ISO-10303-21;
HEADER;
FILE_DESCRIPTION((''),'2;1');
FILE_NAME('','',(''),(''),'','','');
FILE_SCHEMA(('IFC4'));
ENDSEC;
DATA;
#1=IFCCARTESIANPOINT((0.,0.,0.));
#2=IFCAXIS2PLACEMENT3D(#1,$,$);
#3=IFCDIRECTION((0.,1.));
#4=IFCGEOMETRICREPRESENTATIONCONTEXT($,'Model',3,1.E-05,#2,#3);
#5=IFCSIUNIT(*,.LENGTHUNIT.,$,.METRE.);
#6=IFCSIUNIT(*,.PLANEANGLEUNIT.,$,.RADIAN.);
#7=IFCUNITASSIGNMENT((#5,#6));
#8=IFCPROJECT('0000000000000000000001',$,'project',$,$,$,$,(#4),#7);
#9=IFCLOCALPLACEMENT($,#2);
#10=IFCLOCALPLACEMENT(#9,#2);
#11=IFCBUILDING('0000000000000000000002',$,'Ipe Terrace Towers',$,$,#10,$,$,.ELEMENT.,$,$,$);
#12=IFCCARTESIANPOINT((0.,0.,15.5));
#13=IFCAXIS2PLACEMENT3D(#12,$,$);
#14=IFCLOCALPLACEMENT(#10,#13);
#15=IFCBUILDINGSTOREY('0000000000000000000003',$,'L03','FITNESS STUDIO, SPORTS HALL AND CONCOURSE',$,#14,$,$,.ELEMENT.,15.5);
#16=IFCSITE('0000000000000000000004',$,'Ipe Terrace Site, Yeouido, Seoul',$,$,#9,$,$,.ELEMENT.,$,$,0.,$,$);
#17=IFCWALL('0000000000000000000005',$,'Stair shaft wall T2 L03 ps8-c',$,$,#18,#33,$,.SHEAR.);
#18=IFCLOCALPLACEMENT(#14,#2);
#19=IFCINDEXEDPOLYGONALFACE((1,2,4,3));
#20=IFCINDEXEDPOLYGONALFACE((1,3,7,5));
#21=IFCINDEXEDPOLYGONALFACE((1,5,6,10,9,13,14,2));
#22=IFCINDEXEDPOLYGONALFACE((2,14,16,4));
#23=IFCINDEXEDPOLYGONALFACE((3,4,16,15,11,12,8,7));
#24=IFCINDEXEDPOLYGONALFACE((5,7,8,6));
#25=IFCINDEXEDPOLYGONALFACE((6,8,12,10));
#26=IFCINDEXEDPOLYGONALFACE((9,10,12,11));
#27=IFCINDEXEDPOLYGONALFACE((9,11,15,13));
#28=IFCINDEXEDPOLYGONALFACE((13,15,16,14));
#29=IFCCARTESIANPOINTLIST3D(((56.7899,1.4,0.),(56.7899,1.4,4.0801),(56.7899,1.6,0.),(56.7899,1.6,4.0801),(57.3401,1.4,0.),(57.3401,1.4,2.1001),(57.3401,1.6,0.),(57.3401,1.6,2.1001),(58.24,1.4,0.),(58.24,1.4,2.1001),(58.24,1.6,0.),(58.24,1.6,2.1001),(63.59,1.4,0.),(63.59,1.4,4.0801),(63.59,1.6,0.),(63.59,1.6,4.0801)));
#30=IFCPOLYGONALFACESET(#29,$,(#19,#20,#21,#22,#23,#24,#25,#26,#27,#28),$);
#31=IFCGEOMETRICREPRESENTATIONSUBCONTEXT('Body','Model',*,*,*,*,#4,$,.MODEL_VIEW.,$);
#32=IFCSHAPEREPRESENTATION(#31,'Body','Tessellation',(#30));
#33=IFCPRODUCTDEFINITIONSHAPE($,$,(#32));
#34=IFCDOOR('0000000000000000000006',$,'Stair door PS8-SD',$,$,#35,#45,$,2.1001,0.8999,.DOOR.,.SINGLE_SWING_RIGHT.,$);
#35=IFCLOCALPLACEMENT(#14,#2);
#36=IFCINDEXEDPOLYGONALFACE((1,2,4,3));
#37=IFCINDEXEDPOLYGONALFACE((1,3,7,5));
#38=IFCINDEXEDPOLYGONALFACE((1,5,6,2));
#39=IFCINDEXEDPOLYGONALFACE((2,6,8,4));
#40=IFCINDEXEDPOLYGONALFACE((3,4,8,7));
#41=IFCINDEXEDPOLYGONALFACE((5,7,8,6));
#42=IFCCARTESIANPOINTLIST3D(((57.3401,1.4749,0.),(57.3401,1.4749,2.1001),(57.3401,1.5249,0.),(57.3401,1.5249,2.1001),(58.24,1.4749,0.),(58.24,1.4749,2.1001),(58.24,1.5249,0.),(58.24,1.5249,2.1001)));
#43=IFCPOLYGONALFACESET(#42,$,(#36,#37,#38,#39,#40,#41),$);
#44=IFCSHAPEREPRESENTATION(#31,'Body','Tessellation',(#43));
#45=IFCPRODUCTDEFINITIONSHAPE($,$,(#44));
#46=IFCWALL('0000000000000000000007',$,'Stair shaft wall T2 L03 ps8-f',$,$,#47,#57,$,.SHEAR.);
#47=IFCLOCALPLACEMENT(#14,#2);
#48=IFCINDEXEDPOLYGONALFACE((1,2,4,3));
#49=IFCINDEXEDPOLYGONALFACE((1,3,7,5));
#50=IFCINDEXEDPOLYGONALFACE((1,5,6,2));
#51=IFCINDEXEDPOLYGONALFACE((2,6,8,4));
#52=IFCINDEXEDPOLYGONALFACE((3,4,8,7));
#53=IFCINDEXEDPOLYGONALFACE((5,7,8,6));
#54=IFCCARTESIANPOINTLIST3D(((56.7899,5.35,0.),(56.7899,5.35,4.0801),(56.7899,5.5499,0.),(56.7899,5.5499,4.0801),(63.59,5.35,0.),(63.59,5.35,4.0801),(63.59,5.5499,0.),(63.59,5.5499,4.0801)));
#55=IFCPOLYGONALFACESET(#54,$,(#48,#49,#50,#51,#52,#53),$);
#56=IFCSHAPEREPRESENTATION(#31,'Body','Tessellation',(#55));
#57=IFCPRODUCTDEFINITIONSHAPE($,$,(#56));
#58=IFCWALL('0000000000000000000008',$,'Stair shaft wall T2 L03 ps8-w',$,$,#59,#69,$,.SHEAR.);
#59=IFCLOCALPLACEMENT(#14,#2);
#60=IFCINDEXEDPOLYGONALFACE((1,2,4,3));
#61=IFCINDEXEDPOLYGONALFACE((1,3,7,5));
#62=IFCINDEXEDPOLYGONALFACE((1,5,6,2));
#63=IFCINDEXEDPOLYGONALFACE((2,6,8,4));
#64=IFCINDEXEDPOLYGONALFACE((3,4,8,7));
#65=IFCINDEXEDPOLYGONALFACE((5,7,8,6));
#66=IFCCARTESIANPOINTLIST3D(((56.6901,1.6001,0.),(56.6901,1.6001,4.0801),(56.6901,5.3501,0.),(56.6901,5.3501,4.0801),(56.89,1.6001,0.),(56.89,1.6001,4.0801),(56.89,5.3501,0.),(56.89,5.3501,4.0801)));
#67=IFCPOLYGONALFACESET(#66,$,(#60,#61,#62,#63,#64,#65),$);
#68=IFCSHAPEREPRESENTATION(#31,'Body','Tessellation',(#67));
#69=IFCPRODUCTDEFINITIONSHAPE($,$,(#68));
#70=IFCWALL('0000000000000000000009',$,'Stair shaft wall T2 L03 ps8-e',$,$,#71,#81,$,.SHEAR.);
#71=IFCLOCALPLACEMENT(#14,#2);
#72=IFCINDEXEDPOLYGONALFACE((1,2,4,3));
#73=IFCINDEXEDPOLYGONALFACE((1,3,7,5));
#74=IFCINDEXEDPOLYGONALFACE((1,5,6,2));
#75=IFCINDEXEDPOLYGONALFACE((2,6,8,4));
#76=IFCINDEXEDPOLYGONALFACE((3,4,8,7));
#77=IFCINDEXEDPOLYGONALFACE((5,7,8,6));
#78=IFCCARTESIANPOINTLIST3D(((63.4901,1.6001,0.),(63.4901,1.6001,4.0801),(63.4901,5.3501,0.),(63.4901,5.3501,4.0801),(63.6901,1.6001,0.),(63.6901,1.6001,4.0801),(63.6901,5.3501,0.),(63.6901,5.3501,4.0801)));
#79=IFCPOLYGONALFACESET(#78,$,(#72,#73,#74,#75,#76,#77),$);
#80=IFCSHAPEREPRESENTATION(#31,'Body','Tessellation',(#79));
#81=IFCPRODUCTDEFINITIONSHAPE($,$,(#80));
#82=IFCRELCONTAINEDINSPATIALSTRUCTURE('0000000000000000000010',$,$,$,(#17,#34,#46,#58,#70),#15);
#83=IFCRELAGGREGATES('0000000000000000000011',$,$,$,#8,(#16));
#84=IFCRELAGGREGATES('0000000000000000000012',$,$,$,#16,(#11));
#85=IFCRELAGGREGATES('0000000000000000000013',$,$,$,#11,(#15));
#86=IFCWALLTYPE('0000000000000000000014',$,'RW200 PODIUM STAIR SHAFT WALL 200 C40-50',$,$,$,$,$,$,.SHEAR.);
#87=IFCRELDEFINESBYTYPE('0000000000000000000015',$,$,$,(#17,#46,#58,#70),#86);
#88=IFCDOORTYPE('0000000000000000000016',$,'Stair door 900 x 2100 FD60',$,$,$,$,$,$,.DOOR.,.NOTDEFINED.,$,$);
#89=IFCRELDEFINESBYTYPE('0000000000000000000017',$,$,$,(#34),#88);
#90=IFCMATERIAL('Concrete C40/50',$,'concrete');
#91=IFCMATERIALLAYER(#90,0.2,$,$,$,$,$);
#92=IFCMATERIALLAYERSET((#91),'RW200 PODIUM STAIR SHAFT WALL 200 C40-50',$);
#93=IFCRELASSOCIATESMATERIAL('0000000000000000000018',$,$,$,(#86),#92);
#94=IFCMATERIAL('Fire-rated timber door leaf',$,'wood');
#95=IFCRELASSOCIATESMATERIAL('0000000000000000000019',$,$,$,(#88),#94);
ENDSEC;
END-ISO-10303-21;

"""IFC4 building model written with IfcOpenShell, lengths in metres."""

from ifc_helpers import new_model, si_unit, direction, frame, frame_2d, origin, place, context, subcontext, project, spatial, rectangle, extrude, material, layer, layer_set, type_object, element, fill, save


model = new_model("IFC4")

# Units and contexts
model_context = context("Model", 3, precision=1e-05, world=origin(), true_north=direction((0.0, 1.0)))
body_context = subcontext(model_context, "Body", "Model", "MODEL_VIEW")
ifc_project = project(units=[si_unit("LENGTHUNIT", "METRE"), si_unit("PLANEANGLEUNIT", "RADIAN")], contexts=[model_context])

# Site, building, storey
site_placement = place(None, origin())
site = spatial("IfcSite", under=ifc_project, at=site_placement, Name="Ipe Terrace Site, Yeouido, Seoul", CompositionType="ELEMENT", RefElevation=0.0)
building_placement = place(site_placement, origin())
building = spatial("IfcBuilding", under=site, at=building_placement, Name="Ipe Terrace Towers", CompositionType="ELEMENT")
storey_placement = place(building_placement, frame((0.0, 0.0, 15.5)))
storey = spatial("IfcBuildingStorey", under=building, at=storey_placement, Name="L03", Description="FITNESS STUDIO, SPORTS HALL AND CONCOURSE", CompositionType="ELEMENT", Elevation=15.5)

# Wall, opening, door
ifc_material_1 = material(Name="Concrete C40/50", Category="concrete")
ifc_layer_1 = layer(ifc_material_1, 0.2)
ifc_layer_set_1 = layer_set([ifc_layer_1], Name="RW200 PODIUM STAIR SHAFT WALL 200 C40-50")
wall_type_1 = type_object("IfcWallType", Name="RW200 PODIUM STAIR SHAFT WALL 200 C40-50", PredefinedType="SHEAR", material=ifc_layer_set_1)
wall_1_placement = place(storey_placement, frame((56.79, 1.5, 0.0), z_axis=(0.0, 0.0, 1.0), x_axis=(1.0, 0.0, 0.0)))
wall_1 = element("IfcWall", 1, at=wall_1_placement, inside=storey, type_object=wall_type_1, Name="Stair shaft wall T2 L03 ps8-c", PredefinedType="SHEAR", context=body_context, shape_type="SweptSolid", body=[
    extrude(rectangle(XDim=6.8, YDim=0.2, at=frame_2d((3.3999, 0.0))), origin(), (0.0, 0.0, 1.0), 4.0801),
])
opening_1_placement = place(wall_1_placement, frame((0.55, 0.0, 0.0)))
opening_1 = element("IfcOpeningElement", 2, at=opening_1_placement, cuts=wall_1, PredefinedType="OPENING", context=body_context, shape_type="SweptSolid", body=[
    extrude(rectangle(XDim=0.8999, YDim=2.1001, at=frame_2d((0.45, 1.05))), frame((0.0, 0.1099, 0.0), z_axis=(0.0, -1.0, 0.0), x_axis=(1.0, 0.0, 0.0)), (0.0, 0.0, 1.0), 0.22),
])
ifc_material_2 = material(Name="Fire-rated timber door leaf", Category="wood")
door_type_1 = type_object("IfcDoorType", Name="Stair door 900 x 2100 FD60", OperationType="NOTDEFINED", PredefinedType="DOOR", material=ifc_material_2)
door_1_placement = place(opening_1_placement, origin())
door_1 = element("IfcDoor", 3, at=door_1_placement, inside=storey, type_object=door_type_1, Name="Stair door PS8-SD", OperationType="SINGLE_SWING_RIGHT", OverallHeight=2.1001, OverallWidth=0.8999, PredefinedType="DOOR", context=body_context, shape_type="SweptSolid", body=[
    extrude(rectangle(XDim=0.8999, YDim=2.1001, at=frame_2d((0.45, 1.05))), frame((0.0, 0.0249, 0.0), z_axis=(0.0, -1.0, 0.0), x_axis=(1.0, 0.0, 0.0)), (0.0, 0.0, 1.0), 0.05),
])
fill(opening_1, door_1)

# Walls
wall_2_placement = place(storey_placement, frame((56.79, 5.45, 0.0), z_axis=(0.0, 0.0, 1.0), x_axis=(1.0, 0.0, 0.0)))
element("IfcWall", 4, at=wall_2_placement, inside=storey, type_object=wall_type_1, Name="Stair shaft wall T2 L03 ps8-f", PredefinedType="SHEAR", context=body_context, shape_type="SweptSolid", body=[
    extrude(rectangle(XDim=6.8, YDim=0.2, at=frame_2d((3.3999, 0.0))), origin(), (0.0, 0.0, 1.0), 4.0801),
])
for number, where, z_axis, x_axis, name in (
    (5, (56.79, 1.6001, 0.0), (0.0, 0.0, 1.0), (0.0, 1.0, 0.0), "Stair shaft wall T2 L03 ps8-w"),
    (6, (63.5901, 1.6001, 0.0), (0.0, 0.0, 1.0), (0.0, 1.0, 0.0), "Stair shaft wall T2 L03 ps8-e"),
):
    element("IfcWall", number, at=place(storey_placement, frame(where, z_axis=z_axis, x_axis=x_axis)), inside=storey, type_object=wall_type_1, Name=name, PredefinedType="SHEAR", context=body_context, shape_type="SweptSolid", body=[
        extrude(rectangle(XDim=3.75, YDim=0.2, at=frame_2d((1.875, 0.0))), origin(), (0.0, 0.0, 1.0), 4.0801),
    ])

save(model, "model.ifc")
